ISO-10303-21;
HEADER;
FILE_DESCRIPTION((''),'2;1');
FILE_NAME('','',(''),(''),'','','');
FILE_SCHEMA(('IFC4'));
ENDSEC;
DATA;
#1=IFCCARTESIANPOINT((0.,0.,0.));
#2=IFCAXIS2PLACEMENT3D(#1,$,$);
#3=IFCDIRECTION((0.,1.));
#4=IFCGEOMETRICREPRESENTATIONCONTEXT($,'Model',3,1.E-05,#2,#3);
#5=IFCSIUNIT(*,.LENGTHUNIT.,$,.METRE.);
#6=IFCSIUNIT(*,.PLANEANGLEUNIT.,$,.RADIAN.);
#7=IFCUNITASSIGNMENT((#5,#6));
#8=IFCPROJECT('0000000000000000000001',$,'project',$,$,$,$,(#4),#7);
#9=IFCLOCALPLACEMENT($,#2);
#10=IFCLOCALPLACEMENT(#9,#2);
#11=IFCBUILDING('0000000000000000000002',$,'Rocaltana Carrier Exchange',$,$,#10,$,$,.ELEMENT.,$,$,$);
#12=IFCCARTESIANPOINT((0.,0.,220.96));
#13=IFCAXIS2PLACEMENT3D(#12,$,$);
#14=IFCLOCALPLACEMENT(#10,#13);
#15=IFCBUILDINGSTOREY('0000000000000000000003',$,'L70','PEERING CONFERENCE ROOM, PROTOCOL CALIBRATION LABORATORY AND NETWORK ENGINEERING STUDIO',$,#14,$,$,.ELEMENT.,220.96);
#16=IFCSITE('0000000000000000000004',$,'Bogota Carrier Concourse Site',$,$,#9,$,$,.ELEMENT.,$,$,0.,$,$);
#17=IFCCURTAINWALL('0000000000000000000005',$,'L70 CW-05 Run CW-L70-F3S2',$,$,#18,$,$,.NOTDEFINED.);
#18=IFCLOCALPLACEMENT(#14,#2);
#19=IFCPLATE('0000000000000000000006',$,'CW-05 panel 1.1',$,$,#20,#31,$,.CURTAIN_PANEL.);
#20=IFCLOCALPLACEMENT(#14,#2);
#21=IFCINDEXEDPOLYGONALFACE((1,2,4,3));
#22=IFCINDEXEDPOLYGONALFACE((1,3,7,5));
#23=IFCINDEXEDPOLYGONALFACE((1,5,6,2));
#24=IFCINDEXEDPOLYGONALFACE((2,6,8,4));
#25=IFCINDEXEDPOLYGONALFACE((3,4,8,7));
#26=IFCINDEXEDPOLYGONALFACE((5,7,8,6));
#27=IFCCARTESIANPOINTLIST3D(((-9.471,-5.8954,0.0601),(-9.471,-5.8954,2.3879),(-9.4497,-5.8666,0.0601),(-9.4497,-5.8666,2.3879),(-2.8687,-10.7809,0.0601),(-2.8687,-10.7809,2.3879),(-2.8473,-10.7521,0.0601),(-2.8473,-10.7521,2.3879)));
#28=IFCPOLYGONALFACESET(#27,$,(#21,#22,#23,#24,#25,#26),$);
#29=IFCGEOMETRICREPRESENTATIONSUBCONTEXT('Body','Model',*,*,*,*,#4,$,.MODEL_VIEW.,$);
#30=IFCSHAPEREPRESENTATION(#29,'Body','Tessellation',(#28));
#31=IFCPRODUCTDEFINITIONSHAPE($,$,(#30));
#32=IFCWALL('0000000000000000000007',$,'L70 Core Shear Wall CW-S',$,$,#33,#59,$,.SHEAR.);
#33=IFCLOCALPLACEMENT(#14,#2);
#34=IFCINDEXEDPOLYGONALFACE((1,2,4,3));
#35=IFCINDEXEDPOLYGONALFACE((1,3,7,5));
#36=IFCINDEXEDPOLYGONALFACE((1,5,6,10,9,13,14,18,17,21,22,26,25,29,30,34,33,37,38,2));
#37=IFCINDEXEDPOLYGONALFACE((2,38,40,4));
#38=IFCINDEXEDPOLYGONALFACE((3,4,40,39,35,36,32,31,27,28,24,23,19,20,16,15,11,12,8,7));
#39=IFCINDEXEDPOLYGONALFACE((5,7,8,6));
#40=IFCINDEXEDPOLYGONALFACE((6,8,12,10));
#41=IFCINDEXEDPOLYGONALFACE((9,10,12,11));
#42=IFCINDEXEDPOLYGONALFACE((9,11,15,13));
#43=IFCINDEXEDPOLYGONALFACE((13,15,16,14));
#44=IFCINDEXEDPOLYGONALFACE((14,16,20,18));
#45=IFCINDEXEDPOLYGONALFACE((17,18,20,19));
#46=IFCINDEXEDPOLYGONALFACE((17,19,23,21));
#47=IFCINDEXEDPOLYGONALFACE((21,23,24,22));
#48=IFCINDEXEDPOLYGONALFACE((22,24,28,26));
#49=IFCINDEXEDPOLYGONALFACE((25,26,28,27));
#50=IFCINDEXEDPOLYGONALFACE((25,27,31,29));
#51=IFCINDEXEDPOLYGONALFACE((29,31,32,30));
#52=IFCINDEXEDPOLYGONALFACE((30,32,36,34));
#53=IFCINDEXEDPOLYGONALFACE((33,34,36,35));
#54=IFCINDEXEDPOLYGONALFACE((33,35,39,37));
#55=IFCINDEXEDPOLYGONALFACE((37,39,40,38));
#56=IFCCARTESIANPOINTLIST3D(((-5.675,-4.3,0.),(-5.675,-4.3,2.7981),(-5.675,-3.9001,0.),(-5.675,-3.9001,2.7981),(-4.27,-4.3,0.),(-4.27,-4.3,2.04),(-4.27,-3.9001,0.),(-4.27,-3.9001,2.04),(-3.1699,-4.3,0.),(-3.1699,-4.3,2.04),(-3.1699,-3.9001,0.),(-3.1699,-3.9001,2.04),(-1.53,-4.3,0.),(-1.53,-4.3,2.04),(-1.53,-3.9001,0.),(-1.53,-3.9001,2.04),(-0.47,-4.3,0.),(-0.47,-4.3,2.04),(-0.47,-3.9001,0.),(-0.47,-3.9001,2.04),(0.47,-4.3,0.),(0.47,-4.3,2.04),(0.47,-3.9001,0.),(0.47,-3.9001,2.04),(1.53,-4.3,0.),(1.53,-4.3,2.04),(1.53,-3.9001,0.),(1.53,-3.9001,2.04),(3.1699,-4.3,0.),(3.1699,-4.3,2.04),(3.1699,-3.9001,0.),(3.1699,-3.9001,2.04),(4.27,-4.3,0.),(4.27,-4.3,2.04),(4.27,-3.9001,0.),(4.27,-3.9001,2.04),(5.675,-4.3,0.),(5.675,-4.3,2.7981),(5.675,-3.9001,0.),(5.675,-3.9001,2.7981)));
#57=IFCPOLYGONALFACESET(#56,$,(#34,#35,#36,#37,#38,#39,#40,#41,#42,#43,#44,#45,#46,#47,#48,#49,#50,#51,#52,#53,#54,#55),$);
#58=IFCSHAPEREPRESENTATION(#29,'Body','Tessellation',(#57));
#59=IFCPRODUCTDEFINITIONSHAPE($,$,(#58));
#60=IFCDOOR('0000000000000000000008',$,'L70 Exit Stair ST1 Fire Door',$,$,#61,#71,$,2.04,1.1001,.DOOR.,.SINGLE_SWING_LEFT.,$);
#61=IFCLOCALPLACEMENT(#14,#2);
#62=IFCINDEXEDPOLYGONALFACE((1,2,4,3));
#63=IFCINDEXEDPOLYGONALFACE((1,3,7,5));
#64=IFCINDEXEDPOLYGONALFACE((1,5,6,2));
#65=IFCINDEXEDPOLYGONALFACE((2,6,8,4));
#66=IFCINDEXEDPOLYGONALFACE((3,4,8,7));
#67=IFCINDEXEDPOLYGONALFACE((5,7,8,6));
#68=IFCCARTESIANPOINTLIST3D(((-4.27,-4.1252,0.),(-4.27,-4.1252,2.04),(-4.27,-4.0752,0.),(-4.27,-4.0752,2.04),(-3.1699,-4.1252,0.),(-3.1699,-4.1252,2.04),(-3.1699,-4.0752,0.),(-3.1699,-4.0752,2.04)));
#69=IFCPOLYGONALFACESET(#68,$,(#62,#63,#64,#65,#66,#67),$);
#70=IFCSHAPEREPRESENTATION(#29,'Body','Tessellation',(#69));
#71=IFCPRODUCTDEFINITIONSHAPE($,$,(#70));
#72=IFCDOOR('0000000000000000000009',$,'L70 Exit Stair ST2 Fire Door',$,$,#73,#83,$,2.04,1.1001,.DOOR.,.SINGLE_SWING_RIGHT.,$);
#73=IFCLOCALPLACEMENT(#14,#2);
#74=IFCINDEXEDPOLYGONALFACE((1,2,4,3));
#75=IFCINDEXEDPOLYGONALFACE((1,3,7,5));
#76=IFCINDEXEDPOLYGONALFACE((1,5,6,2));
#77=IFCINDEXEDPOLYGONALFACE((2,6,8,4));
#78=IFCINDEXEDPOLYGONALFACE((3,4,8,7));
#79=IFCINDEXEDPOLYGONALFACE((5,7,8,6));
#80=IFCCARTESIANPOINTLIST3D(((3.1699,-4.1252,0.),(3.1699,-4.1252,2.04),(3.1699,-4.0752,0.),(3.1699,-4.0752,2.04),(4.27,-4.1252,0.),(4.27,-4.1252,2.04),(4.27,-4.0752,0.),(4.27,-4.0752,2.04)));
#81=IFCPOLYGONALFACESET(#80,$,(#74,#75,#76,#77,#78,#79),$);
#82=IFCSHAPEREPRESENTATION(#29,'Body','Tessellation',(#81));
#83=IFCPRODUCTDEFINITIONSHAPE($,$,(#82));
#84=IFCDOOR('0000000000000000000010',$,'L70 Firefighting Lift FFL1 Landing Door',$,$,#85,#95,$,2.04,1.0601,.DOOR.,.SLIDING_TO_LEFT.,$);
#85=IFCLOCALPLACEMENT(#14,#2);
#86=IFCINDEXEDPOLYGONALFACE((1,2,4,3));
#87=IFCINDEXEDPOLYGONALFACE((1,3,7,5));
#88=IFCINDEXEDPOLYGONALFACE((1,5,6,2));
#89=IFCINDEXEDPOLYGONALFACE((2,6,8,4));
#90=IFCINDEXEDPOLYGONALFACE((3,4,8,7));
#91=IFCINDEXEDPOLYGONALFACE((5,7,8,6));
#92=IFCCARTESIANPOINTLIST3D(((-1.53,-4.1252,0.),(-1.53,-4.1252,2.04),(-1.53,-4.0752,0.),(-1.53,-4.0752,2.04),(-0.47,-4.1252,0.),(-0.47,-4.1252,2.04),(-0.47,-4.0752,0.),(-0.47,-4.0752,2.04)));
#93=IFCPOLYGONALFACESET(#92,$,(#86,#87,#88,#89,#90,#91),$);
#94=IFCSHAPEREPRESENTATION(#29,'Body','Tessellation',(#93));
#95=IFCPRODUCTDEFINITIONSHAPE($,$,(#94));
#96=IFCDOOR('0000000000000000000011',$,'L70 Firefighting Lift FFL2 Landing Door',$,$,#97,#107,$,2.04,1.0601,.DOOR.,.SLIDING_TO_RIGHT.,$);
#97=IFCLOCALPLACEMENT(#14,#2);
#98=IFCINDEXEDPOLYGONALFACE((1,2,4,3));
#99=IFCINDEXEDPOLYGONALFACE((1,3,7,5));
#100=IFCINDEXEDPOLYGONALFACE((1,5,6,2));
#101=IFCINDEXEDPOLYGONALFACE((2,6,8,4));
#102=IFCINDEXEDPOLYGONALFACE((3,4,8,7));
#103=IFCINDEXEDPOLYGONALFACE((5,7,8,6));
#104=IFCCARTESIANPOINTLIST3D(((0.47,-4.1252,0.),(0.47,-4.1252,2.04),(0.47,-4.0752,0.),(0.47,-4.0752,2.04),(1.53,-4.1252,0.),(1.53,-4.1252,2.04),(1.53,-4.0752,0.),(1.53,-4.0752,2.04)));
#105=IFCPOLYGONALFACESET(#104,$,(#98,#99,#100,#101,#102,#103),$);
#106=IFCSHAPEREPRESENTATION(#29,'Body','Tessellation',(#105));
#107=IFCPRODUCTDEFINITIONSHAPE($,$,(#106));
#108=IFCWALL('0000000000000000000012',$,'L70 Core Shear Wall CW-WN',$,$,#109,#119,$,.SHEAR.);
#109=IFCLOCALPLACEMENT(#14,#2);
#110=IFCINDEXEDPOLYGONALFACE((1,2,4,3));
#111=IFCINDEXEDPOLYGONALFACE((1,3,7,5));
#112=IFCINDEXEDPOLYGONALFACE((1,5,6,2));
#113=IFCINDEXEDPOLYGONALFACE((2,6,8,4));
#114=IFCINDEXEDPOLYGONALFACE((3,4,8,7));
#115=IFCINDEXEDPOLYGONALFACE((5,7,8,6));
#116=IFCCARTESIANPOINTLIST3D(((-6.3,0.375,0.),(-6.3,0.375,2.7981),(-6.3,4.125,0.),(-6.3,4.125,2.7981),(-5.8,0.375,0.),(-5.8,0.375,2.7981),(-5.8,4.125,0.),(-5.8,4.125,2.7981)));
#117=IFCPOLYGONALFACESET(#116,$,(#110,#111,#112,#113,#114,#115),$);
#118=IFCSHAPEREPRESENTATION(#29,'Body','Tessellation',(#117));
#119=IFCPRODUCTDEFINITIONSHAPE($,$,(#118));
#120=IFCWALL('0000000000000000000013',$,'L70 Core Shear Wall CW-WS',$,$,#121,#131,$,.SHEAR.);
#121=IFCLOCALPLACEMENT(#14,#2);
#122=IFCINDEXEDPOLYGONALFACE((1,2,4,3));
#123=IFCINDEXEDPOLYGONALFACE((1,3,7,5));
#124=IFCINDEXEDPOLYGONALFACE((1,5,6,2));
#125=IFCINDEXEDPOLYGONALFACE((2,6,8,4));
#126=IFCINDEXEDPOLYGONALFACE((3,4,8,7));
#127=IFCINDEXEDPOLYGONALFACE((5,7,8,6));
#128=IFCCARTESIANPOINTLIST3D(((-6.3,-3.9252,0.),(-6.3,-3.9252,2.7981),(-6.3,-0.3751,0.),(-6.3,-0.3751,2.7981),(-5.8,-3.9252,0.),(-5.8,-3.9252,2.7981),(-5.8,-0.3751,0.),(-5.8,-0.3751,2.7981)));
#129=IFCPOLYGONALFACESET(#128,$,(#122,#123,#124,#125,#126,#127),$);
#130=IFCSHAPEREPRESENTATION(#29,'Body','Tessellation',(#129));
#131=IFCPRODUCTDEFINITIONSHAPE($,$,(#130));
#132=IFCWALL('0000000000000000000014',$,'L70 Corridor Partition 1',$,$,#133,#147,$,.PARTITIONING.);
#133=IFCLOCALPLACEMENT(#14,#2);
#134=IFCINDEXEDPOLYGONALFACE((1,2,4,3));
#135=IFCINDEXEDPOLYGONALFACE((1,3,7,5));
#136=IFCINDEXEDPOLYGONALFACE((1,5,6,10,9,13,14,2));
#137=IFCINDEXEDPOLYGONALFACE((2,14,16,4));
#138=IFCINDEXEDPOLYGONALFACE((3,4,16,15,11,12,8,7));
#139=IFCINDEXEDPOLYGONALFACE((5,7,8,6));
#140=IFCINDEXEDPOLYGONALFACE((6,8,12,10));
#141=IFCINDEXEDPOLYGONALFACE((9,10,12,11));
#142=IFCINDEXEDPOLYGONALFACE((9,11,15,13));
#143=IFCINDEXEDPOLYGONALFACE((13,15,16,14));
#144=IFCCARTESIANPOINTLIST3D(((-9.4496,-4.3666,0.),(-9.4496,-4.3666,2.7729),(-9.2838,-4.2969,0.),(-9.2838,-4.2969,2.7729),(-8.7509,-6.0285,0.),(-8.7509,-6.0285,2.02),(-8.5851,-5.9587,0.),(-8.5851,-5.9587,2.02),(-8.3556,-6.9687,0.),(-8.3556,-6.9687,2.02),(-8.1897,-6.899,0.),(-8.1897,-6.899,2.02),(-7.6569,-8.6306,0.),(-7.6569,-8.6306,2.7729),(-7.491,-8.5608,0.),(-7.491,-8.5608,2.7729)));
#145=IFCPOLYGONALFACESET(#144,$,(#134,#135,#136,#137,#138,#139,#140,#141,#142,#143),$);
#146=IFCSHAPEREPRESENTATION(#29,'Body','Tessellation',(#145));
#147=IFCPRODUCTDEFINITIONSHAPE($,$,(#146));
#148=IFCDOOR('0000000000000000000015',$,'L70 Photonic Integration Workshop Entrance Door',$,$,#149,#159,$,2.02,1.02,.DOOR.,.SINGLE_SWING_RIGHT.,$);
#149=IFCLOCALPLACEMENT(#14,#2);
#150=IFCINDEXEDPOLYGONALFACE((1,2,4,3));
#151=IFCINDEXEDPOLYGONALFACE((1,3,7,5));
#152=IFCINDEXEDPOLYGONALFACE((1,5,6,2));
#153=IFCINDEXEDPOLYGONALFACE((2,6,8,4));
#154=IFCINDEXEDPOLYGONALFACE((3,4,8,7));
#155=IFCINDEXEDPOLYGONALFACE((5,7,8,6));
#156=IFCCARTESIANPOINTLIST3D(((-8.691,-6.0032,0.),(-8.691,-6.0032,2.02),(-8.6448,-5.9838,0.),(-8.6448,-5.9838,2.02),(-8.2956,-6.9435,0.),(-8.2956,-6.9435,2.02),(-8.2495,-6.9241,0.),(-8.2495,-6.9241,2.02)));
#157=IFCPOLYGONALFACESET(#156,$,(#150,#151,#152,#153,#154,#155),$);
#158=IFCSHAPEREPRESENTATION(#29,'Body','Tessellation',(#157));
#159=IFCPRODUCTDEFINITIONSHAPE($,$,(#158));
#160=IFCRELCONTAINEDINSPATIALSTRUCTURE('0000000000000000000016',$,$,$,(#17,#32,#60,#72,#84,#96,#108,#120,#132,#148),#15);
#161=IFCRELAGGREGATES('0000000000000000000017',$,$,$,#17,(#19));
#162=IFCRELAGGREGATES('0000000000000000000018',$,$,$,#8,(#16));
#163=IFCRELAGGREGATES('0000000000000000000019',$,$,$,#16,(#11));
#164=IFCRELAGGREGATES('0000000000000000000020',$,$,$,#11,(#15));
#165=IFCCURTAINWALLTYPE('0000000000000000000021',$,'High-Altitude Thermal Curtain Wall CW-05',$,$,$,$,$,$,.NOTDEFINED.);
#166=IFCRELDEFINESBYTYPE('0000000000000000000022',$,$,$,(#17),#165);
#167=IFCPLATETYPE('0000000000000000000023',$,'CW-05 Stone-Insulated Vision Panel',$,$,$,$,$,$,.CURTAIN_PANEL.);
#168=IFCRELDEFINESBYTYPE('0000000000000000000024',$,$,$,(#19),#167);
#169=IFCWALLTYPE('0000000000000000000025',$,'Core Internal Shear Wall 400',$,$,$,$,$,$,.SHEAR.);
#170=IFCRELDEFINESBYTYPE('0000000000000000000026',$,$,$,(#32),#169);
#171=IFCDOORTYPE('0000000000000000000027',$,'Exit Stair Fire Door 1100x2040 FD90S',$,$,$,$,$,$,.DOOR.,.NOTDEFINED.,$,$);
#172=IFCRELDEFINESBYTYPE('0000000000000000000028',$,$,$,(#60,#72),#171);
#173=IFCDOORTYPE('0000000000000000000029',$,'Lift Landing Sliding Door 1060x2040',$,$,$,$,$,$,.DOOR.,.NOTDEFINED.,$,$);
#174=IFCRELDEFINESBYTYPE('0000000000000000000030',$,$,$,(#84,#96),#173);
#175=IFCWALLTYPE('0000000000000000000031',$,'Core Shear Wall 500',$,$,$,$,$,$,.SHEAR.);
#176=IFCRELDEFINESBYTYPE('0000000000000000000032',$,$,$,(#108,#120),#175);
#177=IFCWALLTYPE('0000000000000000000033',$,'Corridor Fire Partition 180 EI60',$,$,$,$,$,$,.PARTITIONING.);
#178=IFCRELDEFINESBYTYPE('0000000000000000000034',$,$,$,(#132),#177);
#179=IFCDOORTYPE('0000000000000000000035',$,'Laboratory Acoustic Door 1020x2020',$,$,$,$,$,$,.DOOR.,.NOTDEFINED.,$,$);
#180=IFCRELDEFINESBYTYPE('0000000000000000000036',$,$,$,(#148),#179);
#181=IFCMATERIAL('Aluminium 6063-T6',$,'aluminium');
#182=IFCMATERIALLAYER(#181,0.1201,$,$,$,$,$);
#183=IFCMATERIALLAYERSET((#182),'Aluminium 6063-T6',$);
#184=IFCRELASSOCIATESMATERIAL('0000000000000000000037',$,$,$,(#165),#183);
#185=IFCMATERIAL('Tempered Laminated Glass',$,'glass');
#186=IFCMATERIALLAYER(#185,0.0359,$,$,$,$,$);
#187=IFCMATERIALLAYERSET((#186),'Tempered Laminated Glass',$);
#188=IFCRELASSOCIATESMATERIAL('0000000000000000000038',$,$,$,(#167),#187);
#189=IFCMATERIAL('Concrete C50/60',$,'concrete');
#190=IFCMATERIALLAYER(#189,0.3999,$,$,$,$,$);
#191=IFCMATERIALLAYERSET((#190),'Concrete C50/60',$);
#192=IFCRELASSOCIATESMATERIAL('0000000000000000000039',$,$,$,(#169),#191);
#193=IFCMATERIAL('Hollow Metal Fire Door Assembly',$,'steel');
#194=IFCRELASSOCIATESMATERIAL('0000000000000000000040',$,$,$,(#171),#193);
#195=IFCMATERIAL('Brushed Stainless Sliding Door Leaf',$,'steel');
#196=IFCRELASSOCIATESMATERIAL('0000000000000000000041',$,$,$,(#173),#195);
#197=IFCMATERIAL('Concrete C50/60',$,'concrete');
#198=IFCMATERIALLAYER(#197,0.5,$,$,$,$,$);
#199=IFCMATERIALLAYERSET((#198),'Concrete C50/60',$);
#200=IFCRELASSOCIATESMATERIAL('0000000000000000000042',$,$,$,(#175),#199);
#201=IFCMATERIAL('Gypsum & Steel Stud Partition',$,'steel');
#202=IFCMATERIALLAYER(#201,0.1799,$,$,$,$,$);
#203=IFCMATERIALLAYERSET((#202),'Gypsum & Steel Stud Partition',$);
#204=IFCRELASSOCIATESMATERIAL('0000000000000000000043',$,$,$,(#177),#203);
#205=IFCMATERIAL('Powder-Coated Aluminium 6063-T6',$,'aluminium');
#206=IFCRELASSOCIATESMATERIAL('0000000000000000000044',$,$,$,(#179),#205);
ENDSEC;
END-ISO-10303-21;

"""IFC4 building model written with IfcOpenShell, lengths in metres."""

from ifc_helpers import new_model, si_unit, direction, frame, frame_2d, origin, origin_2d, place, context, subcontext, project, spatial, rectangle, extrude, material, layer, layer_set, type_object, element, fill, aggregate, save


model = new_model("IFC4")

# Units and contexts
model_context = context("Model", 3, precision=1e-05, world=origin(), true_north=direction((0.0, 1.0)))
body_context = subcontext(model_context, "Body", "Model", "MODEL_VIEW")
ifc_project = project(units=[si_unit("LENGTHUNIT", "METRE"), si_unit("PLANEANGLEUNIT", "RADIAN")], contexts=[model_context])

# Site, building, storey
site_placement = place(None, origin())
site = spatial("IfcSite", under=ifc_project, at=site_placement, Name="Bogota Carrier Concourse Site", CompositionType="ELEMENT", RefElevation=0.0)
building_placement = place(site_placement, origin())
building = spatial("IfcBuilding", under=site, at=building_placement, Name="Rocaltana Carrier Exchange", CompositionType="ELEMENT")
storey_placement = place(building_placement, frame((0.0, 0.0, 220.96)))
storey = spatial("IfcBuildingStorey", under=building, at=storey_placement, Name="L70", Description="PEERING CONFERENCE ROOM, PROTOCOL CALIBRATION LABORATORY AND NETWORK ENGINEERING STUDIO", CompositionType="ELEMENT", Elevation=220.96)

# Curtain wall, plate
ifc_material_1 = material(Name="Aluminium 6063-T6", Category="aluminium")
ifc_layer_1 = layer(ifc_material_1, 0.1201)
ifc_layer_set_1 = layer_set([ifc_layer_1], Name="Aluminium 6063-T6")
curtain_wall_type = type_object("IfcCurtainWallType", Name="High-Altitude Thermal Curtain Wall CW-05", PredefinedType="NOTDEFINED", material=ifc_layer_set_1)
curtain_wall_placement = place(storey_placement, origin())
curtain_wall = element("IfcCurtainWall", 1, at=curtain_wall_placement, inside=storey, type_object=curtain_wall_type, Name="L70 CW-05 Run CW-L70-F3S2", PredefinedType="NOTDEFINED")
ifc_material_2 = material(Name="Tempered Laminated Glass", Category="glass")
ifc_layer_2 = layer(ifc_material_2, 0.0359)
ifc_layer_set_2 = layer_set([ifc_layer_2], Name="Tempered Laminated Glass")
plate_type = type_object("IfcPlateType", Name="CW-05 Stone-Insulated Vision Panel", PredefinedType="CURTAIN_PANEL", material=ifc_layer_set_2)
plate_placement = place(storey_placement, frame((-6.1592, -8.3237, 0.0601), z_axis=(0.0, 0.0, 1.0), x_axis=(0.803858, -0.594821, 0.0)))
plate = element("IfcPlate", 2, at=plate_placement, type_object=plate_type, Name="CW-05 panel 1.1", PredefinedType="CURTAIN_PANEL", context=body_context, shape_type="SweptSolid", body=[
    extrude(rectangle(XDim=8.2134, YDim=0.0359, at=origin_2d()), origin(), (0.0, 0.0, 1.0), 2.3279),
])
aggregate(curtain_wall, [plate])

# Wall, openings, doors
ifc_material_3 = material(Name="Concrete C50/60", Category="concrete")
ifc_layer_3 = layer(ifc_material_3, 0.3999)
ifc_layer_set_3 = layer_set([ifc_layer_3], Name="Concrete C50/60")
wall_type_1 = type_object("IfcWallType", Name="Core Internal Shear Wall 400", PredefinedType="SHEAR", material=ifc_layer_set_3)
wall_1_placement = place(storey_placement, frame((-5.675, -4.1001, 0.0), z_axis=(0.0, 0.0, 1.0), x_axis=(1.0, 0.0, 0.0)))
wall_1 = element("IfcWall", 3, at=wall_1_placement, inside=storey, type_object=wall_type_1, Name="L70 Core Shear Wall CW-S", PredefinedType="SHEAR", context=body_context, shape_type="SweptSolid", body=[
    extrude(rectangle(XDim=11.3501, YDim=0.3999, at=frame_2d((5.675, 0.0))), origin(), (0.0, 0.0, 1.0), 2.7981),
])
opening_1_placement = place(wall_1_placement, frame((1.405, 0.0, 0.0)))
opening_1 = element("IfcOpeningElement", 4, at=opening_1_placement, cuts=wall_1, PredefinedType="OPENING", context=body_context, shape_type="SweptSolid", body=[
    extrude(rectangle(XDim=1.1001, YDim=2.04, at=frame_2d((0.55, 1.02))), frame((0.0, 0.21, 0.0), z_axis=(0.0, -1.0, 0.0), x_axis=(1.0, 0.0, 0.0)), (0.0, 0.0, 1.0), 0.4199),
])
opening_2_placement = place(wall_1_placement, frame((8.845, 0.0, 0.0)))
opening_2 = element("IfcOpeningElement", 5, at=opening_2_placement, cuts=wall_1, PredefinedType="OPENING", context=body_context, shape_type="SweptSolid", body=[
    extrude(rectangle(XDim=1.1001, YDim=2.04, at=frame_2d((0.55, 1.02))), frame((0.0, 0.21, 0.0), z_axis=(0.0, -1.0, 0.0), x_axis=(1.0, 0.0, 0.0)), (0.0, 0.0, 1.0), 0.4199),
])
opening_3_placement = place(wall_1_placement, frame((4.145, 0.0, 0.0)))
opening_3 = element("IfcOpeningElement", 6, at=opening_3_placement, cuts=wall_1, PredefinedType="OPENING", context=body_context, shape_type="SweptSolid", body=[
    extrude(rectangle(XDim=1.0601, YDim=2.04, at=frame_2d((0.53, 1.02))), frame((0.0, 0.21, 0.0), z_axis=(0.0, -1.0, 0.0), x_axis=(1.0, 0.0, 0.0)), (0.0, 0.0, 1.0), 0.4199),
])
opening_4_placement = place(wall_1_placement, frame((6.145, 0.0, 0.0)))
opening_4 = element("IfcOpeningElement", 7, at=opening_4_placement, cuts=wall_1, PredefinedType="OPENING", context=body_context, shape_type="SweptSolid", body=[
    extrude(rectangle(XDim=1.0601, YDim=2.04, at=frame_2d((0.53, 1.02))), frame((0.0, 0.21, 0.0), z_axis=(0.0, -1.0, 0.0), x_axis=(1.0, 0.0, 0.0)), (0.0, 0.0, 1.0), 0.4199),
])
ifc_material_4 = material(Name="Hollow Metal Fire Door Assembly", Category="steel")
door_type_1 = type_object("IfcDoorType", Name="Exit Stair Fire Door 1100x2040 FD90S", OperationType="NOTDEFINED", PredefinedType="DOOR", material=ifc_material_4)
door_1_placement = place(opening_1_placement, origin())
door_1 = element("IfcDoor", 8, at=door_1_placement, inside=storey, type_object=door_type_1, Name="L70 Exit Stair ST1 Fire Door", OperationType="SINGLE_SWING_LEFT", OverallHeight=2.04, OverallWidth=1.1001, PredefinedType="DOOR", context=body_context, shape_type="SweptSolid", body=[
    extrude(rectangle(XDim=1.1001, YDim=2.04, at=frame_2d((0.55, 1.02))), frame((0.0, 0.0249, 0.0), z_axis=(0.0, -1.0, 0.0), x_axis=(1.0, 0.0, 0.0)), (0.0, 0.0, 1.0), 0.05),
])
fill(opening_1, door_1)
door_2_placement = place(opening_2_placement, origin())
door_2 = element("IfcDoor", 9, at=door_2_placement, inside=storey, type_object=door_type_1, Name="L70 Exit Stair ST2 Fire Door", OperationType="SINGLE_SWING_RIGHT", OverallHeight=2.04, OverallWidth=1.1001, PredefinedType="DOOR", context=body_context, shape_type="SweptSolid", body=[
    extrude(rectangle(XDim=1.1001, YDim=2.04, at=frame_2d((0.55, 1.02))), frame((0.0, 0.0249, 0.0), z_axis=(0.0, -1.0, 0.0), x_axis=(1.0, 0.0, 0.0)), (0.0, 0.0, 1.0), 0.05),
])
fill(opening_2, door_2)
ifc_material_5 = material(Name="Brushed Stainless Sliding Door Leaf", Category="steel")
door_type_2 = type_object("IfcDoorType", Name="Lift Landing Sliding Door 1060x2040", OperationType="NOTDEFINED", PredefinedType="DOOR", material=ifc_material_5)
door_3_placement = place(opening_3_placement, origin())
door_3 = element("IfcDoor", 10, at=door_3_placement, inside=storey, type_object=door_type_2, Name="L70 Firefighting Lift FFL1 Landing Door", OperationType="SLIDING_TO_LEFT", OverallHeight=2.04, OverallWidth=1.0601, PredefinedType="DOOR", context=body_context, shape_type="SweptSolid", body=[
    extrude(rectangle(XDim=1.0601, YDim=2.04, at=frame_2d((0.53, 1.02))), frame((0.0, 0.0249, 0.0), z_axis=(0.0, -1.0, 0.0), x_axis=(1.0, 0.0, 0.0)), (0.0, 0.0, 1.0), 0.05),
])
fill(opening_3, door_3)
door_4_placement = place(opening_4_placement, origin())
door_4 = element("IfcDoor", 11, at=door_4_placement, inside=storey, type_object=door_type_2, Name="L70 Firefighting Lift FFL2 Landing Door", OperationType="SLIDING_TO_RIGHT", OverallHeight=2.04, OverallWidth=1.0601, PredefinedType="DOOR", context=body_context, shape_type="SweptSolid", body=[
    extrude(rectangle(XDim=1.0601, YDim=2.04, at=frame_2d((0.53, 1.02))), frame((0.0, 0.0249, 0.0), z_axis=(0.0, -1.0, 0.0), x_axis=(1.0, 0.0, 0.0)), (0.0, 0.0, 1.0), 0.05),
])
fill(opening_4, door_4)

# Walls
ifc_material_6 = material(Name="Concrete C50/60", Category="concrete")
ifc_layer_4 = layer(ifc_material_6, 0.5)
ifc_layer_set_4 = layer_set([ifc_layer_4], Name="Concrete C50/60")
wall_type_2 = type_object("IfcWallType", Name="Core Shear Wall 500", PredefinedType="SHEAR", material=ifc_layer_set_4)
wall_2_placement = place(storey_placement, frame((-6.05, 0.375, 0.0), z_axis=(0.0, 0.0, 1.0), x_axis=(0.0, 1.0, 0.0)))
element("IfcWall", 12, at=wall_2_placement, inside=storey, type_object=wall_type_2, Name="L70 Core Shear Wall CW-WN", PredefinedType="SHEAR", context=body_context, shape_type="SweptSolid", body=[
    extrude(rectangle(XDim=3.75, YDim=0.5, at=frame_2d((1.875, 0.0))), origin(), (0.0, 0.0, 1.0), 2.7981),
])
wall_3_placement = place(storey_placement, frame((-6.05, -3.925, 0.0), z_axis=(0.0, 0.0, 1.0), x_axis=(0.0, 1.0, 0.0)))
element("IfcWall", 13, at=wall_3_placement, inside=storey, type_object=wall_type_2, Name="L70 Core Shear Wall CW-WS", PredefinedType="SHEAR", context=body_context, shape_type="SweptSolid", body=[
    extrude(rectangle(XDim=3.55, YDim=0.5, at=frame_2d((1.7749, 0.0))), origin(), (0.0, 0.0, 1.0), 2.7981),
])

# Wall, opening, door
ifc_material_7 = material(Name="Gypsum & Steel Stud Partition", Category="steel")
ifc_layer_5 = layer(ifc_material_7, 0.1799)
ifc_layer_set_5 = layer_set([ifc_layer_5], Name="Gypsum & Steel Stud Partition")
wall_type_3 = type_object("IfcWallType", Name="Corridor Fire Partition 180 EI60", PredefinedType="PARTITIONING", material=ifc_layer_set_5)
wall_4_placement = place(storey_placement, frame((-7.574, -8.5957, 0.0), z_axis=(0.0, 0.0, 1.0), x_axis=(-0.387578, 0.921837, 0.0)))
wall_4 = element("IfcWall", 14, at=wall_4_placement, inside=storey, type_object=wall_type_3, Name="L70 Corridor Partition 1", PredefinedType="PARTITIONING", context=body_context, shape_type="SweptSolid", body=[
    extrude(rectangle(XDim=4.6255, YDim=0.1799, at=frame_2d((2.3127, 0.0))), origin(), (0.0, 0.0, 1.0), 2.7729),
])
opening_5_placement = place(wall_4_placement, frame((1.8027, 0.0, 0.0)))
opening_5 = element("IfcOpeningElement", 15, at=opening_5_placement, cuts=wall_4, PredefinedType="OPENING", context=body_context, shape_type="SweptSolid", body=[
    extrude(rectangle(XDim=1.02, YDim=2.02, at=frame_2d((0.51, 1.01))), frame((0.0, 0.0999, 0.0), z_axis=(0.0, -1.0, 0.0), x_axis=(1.0, 0.0, 0.0)), (0.0, 0.0, 1.0), 0.2),
])
ifc_material_8 = material(Name="Powder-Coated Aluminium 6063-T6", Category="aluminium")
door_type_3 = type_object("IfcDoorType", Name="Laboratory Acoustic Door 1020x2020", OperationType="NOTDEFINED", PredefinedType="DOOR", material=ifc_material_8)
door_5_placement = place(opening_5_placement, origin())
door_5 = element("IfcDoor", 16, at=door_5_placement, inside=storey, type_object=door_type_3, Name="L70 Photonic Integration Workshop Entrance Door", OperationType="SINGLE_SWING_RIGHT", OverallHeight=2.02, OverallWidth=1.02, PredefinedType="DOOR", context=body_context, shape_type="SweptSolid", body=[
    extrude(rectangle(XDim=1.02, YDim=2.02, at=frame_2d((0.51, 1.01))), frame((0.0, 0.0249, 0.0), z_axis=(0.0, -1.0, 0.0), x_axis=(1.0, 0.0, 0.0)), (0.0, 0.0, 1.0), 0.05),
])
fill(opening_5, door_5)

save(model, "model.ifc")
